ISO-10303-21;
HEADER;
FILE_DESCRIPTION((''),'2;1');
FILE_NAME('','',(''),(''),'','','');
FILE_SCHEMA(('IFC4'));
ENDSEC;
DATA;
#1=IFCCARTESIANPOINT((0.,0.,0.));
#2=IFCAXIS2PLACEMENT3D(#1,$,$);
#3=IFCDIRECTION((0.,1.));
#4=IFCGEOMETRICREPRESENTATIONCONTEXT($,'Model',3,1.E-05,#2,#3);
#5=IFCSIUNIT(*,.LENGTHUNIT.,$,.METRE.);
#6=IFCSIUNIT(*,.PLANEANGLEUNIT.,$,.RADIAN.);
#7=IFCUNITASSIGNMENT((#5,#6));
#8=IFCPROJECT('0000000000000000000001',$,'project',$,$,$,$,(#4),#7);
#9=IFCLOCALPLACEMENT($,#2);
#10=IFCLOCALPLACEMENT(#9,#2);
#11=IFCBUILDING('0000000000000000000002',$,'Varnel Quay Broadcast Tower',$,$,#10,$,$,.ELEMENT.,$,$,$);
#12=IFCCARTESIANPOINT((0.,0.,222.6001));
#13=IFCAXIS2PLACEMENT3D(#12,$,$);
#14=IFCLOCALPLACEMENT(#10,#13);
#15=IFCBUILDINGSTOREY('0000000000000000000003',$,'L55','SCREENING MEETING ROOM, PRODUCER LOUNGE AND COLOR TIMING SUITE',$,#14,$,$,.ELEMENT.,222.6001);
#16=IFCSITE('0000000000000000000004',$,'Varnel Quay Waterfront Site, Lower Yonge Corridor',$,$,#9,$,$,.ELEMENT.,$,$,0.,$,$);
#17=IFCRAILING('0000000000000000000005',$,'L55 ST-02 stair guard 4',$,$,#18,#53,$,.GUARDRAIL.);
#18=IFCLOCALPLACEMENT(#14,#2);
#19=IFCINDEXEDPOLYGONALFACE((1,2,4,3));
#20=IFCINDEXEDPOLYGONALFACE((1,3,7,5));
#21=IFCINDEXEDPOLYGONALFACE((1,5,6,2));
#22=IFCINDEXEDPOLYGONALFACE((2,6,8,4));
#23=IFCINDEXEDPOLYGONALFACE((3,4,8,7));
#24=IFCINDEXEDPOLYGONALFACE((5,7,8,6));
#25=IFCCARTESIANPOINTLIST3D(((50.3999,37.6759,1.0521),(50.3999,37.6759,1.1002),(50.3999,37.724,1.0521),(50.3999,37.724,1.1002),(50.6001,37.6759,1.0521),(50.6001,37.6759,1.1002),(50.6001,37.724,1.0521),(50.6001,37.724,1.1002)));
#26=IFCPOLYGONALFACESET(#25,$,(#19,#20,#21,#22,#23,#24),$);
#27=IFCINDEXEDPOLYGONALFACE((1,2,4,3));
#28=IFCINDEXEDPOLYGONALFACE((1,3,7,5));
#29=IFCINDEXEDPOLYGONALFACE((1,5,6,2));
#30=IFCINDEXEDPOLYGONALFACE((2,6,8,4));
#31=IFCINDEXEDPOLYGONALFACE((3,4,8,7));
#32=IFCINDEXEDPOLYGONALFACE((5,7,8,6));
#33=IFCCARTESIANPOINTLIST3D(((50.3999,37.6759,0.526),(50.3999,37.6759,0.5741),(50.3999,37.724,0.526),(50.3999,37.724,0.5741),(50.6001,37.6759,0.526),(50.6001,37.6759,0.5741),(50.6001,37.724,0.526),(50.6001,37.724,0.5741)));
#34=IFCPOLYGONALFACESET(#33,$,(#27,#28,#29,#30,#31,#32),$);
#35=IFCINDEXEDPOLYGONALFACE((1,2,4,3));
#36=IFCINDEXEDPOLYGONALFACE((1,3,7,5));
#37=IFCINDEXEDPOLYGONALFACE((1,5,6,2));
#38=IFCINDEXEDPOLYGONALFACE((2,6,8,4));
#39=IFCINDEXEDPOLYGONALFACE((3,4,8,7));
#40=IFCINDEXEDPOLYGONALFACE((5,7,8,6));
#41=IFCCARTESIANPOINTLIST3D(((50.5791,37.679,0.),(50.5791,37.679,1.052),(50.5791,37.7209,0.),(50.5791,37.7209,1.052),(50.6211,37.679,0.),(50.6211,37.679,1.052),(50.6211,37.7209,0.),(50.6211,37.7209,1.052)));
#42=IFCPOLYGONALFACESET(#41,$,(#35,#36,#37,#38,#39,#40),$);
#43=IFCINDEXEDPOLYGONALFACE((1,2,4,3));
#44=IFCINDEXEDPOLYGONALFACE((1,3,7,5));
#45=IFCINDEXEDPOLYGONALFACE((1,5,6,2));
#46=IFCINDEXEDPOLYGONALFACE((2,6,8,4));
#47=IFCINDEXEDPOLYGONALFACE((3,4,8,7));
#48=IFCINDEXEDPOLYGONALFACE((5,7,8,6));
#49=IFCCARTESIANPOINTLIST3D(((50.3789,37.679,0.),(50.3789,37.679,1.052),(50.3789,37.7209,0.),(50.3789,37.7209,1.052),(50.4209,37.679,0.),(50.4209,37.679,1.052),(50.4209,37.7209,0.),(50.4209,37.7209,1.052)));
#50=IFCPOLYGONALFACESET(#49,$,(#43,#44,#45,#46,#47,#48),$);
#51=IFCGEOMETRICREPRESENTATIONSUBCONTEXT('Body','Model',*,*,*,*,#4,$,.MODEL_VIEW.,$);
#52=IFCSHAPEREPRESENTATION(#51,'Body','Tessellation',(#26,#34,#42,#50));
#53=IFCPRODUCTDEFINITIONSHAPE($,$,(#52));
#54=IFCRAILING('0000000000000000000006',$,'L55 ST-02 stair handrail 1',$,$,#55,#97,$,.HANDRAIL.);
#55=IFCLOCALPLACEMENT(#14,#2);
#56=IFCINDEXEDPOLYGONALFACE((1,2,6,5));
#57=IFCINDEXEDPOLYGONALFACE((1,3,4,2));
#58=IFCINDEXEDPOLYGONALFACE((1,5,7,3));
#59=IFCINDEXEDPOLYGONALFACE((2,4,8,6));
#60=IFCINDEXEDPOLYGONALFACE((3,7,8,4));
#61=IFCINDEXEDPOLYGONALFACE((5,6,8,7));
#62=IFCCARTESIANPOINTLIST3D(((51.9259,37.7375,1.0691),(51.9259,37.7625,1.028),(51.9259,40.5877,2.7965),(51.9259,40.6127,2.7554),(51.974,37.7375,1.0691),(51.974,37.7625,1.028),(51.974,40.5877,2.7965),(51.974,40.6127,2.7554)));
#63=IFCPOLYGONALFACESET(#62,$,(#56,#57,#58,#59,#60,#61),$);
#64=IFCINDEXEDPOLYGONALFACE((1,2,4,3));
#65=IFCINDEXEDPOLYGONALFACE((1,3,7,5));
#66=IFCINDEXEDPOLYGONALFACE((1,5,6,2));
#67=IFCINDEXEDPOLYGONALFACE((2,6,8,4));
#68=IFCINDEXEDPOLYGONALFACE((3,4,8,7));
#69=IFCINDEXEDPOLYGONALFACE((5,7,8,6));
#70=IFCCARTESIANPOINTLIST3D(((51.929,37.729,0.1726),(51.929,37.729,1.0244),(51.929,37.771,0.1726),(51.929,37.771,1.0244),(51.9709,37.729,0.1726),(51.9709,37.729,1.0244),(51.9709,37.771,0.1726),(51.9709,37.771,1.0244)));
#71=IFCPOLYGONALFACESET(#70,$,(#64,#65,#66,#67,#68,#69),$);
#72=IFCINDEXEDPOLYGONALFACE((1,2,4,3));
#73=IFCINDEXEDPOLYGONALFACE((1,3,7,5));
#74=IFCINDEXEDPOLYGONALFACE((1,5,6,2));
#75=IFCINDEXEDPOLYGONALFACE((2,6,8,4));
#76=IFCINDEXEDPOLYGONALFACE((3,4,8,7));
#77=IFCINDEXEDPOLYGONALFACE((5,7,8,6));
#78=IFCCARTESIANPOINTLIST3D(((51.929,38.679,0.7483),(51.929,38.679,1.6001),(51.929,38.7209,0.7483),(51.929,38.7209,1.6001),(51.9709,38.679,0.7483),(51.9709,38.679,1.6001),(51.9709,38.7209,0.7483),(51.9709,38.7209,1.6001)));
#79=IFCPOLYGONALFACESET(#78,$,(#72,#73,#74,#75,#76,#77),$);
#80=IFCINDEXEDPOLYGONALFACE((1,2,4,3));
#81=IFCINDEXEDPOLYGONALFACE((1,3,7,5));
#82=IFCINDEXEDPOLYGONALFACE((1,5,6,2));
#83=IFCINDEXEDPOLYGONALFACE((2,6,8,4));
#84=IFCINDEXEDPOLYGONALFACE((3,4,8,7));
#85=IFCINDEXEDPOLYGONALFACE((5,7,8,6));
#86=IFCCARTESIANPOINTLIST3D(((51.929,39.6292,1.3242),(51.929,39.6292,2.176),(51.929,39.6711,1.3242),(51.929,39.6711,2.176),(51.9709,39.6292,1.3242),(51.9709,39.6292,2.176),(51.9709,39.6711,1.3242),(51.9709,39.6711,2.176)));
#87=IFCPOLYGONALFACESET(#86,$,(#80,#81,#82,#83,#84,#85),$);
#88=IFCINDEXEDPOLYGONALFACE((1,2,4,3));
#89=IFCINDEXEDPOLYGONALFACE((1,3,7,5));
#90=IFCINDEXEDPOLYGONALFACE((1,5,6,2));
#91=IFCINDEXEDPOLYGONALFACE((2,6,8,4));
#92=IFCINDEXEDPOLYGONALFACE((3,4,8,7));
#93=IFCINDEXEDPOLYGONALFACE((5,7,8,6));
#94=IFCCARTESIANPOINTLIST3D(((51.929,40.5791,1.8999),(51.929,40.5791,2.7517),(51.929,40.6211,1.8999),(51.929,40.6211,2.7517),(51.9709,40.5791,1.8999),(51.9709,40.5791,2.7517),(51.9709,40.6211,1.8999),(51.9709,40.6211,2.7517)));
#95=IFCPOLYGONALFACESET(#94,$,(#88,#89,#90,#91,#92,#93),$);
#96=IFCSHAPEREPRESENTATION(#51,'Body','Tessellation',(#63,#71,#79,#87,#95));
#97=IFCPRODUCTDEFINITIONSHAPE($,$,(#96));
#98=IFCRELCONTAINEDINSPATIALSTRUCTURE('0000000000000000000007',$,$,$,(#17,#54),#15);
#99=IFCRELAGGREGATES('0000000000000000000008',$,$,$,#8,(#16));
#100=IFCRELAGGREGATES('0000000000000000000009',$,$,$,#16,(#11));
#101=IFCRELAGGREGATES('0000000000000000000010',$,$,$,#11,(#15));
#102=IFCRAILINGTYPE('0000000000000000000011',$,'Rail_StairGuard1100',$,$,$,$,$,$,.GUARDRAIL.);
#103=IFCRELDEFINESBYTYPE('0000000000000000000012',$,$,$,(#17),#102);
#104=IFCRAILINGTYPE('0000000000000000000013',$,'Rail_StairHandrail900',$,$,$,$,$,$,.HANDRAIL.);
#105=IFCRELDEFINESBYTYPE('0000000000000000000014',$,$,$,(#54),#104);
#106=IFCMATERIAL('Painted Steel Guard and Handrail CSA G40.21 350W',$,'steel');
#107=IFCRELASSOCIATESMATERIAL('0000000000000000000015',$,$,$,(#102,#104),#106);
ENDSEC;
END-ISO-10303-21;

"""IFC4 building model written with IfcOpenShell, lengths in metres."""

from ifc_helpers import new_model, si_unit, direction, frame, origin, origin_2d, place, context, subcontext, project, spatial, rectangle, extrude, material, type_object, element, save


model = new_model("IFC4")

# Units and contexts
model_context = context("Model", 3, precision=1e-05, world=origin(), true_north=direction((0.0, 1.0)))
body_context = subcontext(model_context, "Body", "Model", "MODEL_VIEW")
ifc_project = project(units=[si_unit("LENGTHUNIT", "METRE"), si_unit("PLANEANGLEUNIT", "RADIAN")], contexts=[model_context])

# Site, building, storey
site_placement = place(None, origin())
site = spatial("IfcSite", under=ifc_project, at=site_placement, Name="Varnel Quay Waterfront Site, Lower Yonge Corridor", CompositionType="ELEMENT", RefElevation=0.0)
building_placement = place(site_placement, origin())
building = spatial("IfcBuilding", under=site, at=building_placement, Name="Varnel Quay Broadcast Tower", CompositionType="ELEMENT")
storey_placement = place(building_placement, frame((0.0, 0.0, 222.6001)))
storey = spatial("IfcBuildingStorey", under=building, at=storey_placement, Name="L55", Description="SCREENING MEETING ROOM, PRODUCER LOUNGE AND COLOR TIMING SUITE", CompositionType="ELEMENT", Elevation=222.6001)

# Railings
ifc_material_1 = material(Name="Painted Steel Guard and Handrail CSA G40.21 350W", Category="steel")
railing_type_1 = type_object("IfcRailingType", Name="Rail_StairGuard1100", PredefinedType="GUARDRAIL", material=ifc_material_1)
railing_1_placement = place(storey_placement, frame((50.6001, 37.7, 0.0)))
element("IfcRailing", 1, at=railing_1_placement, inside=storey, type_object=railing_type_1, Name="L55 ST-02 stair guard 4", PredefinedType="GUARDRAIL", context=body_context, shape_type="SweptSolid", body=[
    extrude(rectangle(XDim=0.0481, YDim=0.0481, at=origin_2d()), frame((0.0, 0.0, 1.0762), z_axis=(-1.0, 0.0, 0.0), x_axis=(0.0, -1.0, 0.0)), (0.0, 0.0, 1.0), 0.2002),
    extrude(rectangle(XDim=0.0481, YDim=0.0481, at=origin_2d()), frame((0.0, 0.0, 0.55), z_axis=(-1.0, 0.0, 0.0), x_axis=(0.0, -1.0, 0.0)), (0.0, 0.0, 1.0), 0.2002),
    extrude(rectangle(XDim=0.042, YDim=0.042, at=origin_2d()), origin(), (0.0, 0.0, 1.0), 1.052),
    extrude(rectangle(XDim=0.042, YDim=0.042, at=origin_2d()), frame((-0.2002, 0.0, 0.0)), (0.0, 0.0, 1.0), 1.052),
])
railing_type_2 = type_object("IfcRailingType", Name="Rail_StairHandrail900", PredefinedType="HANDRAIL", material=ifc_material_1)
railing_2_placement = place(storey_placement, frame((51.95, 37.75, 0.1726)))
element("IfcRailing", 2, at=railing_2_placement, inside=storey, type_object=railing_type_2, Name="L55 ST-02 stair handrail 1", PredefinedType="HANDRAIL", context=body_context, shape_type="SweptSolid", body=[
    extrude(rectangle(XDim=0.0481, YDim=0.0481, at=origin_2d()), frame((0.0, 0.0, 0.876), z_axis=(0.0, 0.855203, 0.518294), x_axis=(-1.0, 0.0, 0.0)), (0.0, 0.0, 1.0), 3.3328),
    extrude(rectangle(XDim=0.042, YDim=0.042, at=origin_2d()), origin(), (0.0, 0.0, 1.0), 0.8518),
    extrude(rectangle(XDim=0.042, YDim=0.042, at=origin_2d()), frame((0.0, 0.95, 0.5757)), (0.0, 0.0, 1.0), 0.8518),
    extrude(rectangle(XDim=0.042, YDim=0.042, at=origin_2d()), frame((0.0, 1.9001, 1.1516)), (0.0, 0.0, 1.0), 0.8518),
    extrude(rectangle(XDim=0.042, YDim=0.042, at=origin_2d()), frame((0.0, 2.8501, 1.7273)), (0.0, 0.0, 1.0), 0.8518),
])

save(model, "model.ifc")
